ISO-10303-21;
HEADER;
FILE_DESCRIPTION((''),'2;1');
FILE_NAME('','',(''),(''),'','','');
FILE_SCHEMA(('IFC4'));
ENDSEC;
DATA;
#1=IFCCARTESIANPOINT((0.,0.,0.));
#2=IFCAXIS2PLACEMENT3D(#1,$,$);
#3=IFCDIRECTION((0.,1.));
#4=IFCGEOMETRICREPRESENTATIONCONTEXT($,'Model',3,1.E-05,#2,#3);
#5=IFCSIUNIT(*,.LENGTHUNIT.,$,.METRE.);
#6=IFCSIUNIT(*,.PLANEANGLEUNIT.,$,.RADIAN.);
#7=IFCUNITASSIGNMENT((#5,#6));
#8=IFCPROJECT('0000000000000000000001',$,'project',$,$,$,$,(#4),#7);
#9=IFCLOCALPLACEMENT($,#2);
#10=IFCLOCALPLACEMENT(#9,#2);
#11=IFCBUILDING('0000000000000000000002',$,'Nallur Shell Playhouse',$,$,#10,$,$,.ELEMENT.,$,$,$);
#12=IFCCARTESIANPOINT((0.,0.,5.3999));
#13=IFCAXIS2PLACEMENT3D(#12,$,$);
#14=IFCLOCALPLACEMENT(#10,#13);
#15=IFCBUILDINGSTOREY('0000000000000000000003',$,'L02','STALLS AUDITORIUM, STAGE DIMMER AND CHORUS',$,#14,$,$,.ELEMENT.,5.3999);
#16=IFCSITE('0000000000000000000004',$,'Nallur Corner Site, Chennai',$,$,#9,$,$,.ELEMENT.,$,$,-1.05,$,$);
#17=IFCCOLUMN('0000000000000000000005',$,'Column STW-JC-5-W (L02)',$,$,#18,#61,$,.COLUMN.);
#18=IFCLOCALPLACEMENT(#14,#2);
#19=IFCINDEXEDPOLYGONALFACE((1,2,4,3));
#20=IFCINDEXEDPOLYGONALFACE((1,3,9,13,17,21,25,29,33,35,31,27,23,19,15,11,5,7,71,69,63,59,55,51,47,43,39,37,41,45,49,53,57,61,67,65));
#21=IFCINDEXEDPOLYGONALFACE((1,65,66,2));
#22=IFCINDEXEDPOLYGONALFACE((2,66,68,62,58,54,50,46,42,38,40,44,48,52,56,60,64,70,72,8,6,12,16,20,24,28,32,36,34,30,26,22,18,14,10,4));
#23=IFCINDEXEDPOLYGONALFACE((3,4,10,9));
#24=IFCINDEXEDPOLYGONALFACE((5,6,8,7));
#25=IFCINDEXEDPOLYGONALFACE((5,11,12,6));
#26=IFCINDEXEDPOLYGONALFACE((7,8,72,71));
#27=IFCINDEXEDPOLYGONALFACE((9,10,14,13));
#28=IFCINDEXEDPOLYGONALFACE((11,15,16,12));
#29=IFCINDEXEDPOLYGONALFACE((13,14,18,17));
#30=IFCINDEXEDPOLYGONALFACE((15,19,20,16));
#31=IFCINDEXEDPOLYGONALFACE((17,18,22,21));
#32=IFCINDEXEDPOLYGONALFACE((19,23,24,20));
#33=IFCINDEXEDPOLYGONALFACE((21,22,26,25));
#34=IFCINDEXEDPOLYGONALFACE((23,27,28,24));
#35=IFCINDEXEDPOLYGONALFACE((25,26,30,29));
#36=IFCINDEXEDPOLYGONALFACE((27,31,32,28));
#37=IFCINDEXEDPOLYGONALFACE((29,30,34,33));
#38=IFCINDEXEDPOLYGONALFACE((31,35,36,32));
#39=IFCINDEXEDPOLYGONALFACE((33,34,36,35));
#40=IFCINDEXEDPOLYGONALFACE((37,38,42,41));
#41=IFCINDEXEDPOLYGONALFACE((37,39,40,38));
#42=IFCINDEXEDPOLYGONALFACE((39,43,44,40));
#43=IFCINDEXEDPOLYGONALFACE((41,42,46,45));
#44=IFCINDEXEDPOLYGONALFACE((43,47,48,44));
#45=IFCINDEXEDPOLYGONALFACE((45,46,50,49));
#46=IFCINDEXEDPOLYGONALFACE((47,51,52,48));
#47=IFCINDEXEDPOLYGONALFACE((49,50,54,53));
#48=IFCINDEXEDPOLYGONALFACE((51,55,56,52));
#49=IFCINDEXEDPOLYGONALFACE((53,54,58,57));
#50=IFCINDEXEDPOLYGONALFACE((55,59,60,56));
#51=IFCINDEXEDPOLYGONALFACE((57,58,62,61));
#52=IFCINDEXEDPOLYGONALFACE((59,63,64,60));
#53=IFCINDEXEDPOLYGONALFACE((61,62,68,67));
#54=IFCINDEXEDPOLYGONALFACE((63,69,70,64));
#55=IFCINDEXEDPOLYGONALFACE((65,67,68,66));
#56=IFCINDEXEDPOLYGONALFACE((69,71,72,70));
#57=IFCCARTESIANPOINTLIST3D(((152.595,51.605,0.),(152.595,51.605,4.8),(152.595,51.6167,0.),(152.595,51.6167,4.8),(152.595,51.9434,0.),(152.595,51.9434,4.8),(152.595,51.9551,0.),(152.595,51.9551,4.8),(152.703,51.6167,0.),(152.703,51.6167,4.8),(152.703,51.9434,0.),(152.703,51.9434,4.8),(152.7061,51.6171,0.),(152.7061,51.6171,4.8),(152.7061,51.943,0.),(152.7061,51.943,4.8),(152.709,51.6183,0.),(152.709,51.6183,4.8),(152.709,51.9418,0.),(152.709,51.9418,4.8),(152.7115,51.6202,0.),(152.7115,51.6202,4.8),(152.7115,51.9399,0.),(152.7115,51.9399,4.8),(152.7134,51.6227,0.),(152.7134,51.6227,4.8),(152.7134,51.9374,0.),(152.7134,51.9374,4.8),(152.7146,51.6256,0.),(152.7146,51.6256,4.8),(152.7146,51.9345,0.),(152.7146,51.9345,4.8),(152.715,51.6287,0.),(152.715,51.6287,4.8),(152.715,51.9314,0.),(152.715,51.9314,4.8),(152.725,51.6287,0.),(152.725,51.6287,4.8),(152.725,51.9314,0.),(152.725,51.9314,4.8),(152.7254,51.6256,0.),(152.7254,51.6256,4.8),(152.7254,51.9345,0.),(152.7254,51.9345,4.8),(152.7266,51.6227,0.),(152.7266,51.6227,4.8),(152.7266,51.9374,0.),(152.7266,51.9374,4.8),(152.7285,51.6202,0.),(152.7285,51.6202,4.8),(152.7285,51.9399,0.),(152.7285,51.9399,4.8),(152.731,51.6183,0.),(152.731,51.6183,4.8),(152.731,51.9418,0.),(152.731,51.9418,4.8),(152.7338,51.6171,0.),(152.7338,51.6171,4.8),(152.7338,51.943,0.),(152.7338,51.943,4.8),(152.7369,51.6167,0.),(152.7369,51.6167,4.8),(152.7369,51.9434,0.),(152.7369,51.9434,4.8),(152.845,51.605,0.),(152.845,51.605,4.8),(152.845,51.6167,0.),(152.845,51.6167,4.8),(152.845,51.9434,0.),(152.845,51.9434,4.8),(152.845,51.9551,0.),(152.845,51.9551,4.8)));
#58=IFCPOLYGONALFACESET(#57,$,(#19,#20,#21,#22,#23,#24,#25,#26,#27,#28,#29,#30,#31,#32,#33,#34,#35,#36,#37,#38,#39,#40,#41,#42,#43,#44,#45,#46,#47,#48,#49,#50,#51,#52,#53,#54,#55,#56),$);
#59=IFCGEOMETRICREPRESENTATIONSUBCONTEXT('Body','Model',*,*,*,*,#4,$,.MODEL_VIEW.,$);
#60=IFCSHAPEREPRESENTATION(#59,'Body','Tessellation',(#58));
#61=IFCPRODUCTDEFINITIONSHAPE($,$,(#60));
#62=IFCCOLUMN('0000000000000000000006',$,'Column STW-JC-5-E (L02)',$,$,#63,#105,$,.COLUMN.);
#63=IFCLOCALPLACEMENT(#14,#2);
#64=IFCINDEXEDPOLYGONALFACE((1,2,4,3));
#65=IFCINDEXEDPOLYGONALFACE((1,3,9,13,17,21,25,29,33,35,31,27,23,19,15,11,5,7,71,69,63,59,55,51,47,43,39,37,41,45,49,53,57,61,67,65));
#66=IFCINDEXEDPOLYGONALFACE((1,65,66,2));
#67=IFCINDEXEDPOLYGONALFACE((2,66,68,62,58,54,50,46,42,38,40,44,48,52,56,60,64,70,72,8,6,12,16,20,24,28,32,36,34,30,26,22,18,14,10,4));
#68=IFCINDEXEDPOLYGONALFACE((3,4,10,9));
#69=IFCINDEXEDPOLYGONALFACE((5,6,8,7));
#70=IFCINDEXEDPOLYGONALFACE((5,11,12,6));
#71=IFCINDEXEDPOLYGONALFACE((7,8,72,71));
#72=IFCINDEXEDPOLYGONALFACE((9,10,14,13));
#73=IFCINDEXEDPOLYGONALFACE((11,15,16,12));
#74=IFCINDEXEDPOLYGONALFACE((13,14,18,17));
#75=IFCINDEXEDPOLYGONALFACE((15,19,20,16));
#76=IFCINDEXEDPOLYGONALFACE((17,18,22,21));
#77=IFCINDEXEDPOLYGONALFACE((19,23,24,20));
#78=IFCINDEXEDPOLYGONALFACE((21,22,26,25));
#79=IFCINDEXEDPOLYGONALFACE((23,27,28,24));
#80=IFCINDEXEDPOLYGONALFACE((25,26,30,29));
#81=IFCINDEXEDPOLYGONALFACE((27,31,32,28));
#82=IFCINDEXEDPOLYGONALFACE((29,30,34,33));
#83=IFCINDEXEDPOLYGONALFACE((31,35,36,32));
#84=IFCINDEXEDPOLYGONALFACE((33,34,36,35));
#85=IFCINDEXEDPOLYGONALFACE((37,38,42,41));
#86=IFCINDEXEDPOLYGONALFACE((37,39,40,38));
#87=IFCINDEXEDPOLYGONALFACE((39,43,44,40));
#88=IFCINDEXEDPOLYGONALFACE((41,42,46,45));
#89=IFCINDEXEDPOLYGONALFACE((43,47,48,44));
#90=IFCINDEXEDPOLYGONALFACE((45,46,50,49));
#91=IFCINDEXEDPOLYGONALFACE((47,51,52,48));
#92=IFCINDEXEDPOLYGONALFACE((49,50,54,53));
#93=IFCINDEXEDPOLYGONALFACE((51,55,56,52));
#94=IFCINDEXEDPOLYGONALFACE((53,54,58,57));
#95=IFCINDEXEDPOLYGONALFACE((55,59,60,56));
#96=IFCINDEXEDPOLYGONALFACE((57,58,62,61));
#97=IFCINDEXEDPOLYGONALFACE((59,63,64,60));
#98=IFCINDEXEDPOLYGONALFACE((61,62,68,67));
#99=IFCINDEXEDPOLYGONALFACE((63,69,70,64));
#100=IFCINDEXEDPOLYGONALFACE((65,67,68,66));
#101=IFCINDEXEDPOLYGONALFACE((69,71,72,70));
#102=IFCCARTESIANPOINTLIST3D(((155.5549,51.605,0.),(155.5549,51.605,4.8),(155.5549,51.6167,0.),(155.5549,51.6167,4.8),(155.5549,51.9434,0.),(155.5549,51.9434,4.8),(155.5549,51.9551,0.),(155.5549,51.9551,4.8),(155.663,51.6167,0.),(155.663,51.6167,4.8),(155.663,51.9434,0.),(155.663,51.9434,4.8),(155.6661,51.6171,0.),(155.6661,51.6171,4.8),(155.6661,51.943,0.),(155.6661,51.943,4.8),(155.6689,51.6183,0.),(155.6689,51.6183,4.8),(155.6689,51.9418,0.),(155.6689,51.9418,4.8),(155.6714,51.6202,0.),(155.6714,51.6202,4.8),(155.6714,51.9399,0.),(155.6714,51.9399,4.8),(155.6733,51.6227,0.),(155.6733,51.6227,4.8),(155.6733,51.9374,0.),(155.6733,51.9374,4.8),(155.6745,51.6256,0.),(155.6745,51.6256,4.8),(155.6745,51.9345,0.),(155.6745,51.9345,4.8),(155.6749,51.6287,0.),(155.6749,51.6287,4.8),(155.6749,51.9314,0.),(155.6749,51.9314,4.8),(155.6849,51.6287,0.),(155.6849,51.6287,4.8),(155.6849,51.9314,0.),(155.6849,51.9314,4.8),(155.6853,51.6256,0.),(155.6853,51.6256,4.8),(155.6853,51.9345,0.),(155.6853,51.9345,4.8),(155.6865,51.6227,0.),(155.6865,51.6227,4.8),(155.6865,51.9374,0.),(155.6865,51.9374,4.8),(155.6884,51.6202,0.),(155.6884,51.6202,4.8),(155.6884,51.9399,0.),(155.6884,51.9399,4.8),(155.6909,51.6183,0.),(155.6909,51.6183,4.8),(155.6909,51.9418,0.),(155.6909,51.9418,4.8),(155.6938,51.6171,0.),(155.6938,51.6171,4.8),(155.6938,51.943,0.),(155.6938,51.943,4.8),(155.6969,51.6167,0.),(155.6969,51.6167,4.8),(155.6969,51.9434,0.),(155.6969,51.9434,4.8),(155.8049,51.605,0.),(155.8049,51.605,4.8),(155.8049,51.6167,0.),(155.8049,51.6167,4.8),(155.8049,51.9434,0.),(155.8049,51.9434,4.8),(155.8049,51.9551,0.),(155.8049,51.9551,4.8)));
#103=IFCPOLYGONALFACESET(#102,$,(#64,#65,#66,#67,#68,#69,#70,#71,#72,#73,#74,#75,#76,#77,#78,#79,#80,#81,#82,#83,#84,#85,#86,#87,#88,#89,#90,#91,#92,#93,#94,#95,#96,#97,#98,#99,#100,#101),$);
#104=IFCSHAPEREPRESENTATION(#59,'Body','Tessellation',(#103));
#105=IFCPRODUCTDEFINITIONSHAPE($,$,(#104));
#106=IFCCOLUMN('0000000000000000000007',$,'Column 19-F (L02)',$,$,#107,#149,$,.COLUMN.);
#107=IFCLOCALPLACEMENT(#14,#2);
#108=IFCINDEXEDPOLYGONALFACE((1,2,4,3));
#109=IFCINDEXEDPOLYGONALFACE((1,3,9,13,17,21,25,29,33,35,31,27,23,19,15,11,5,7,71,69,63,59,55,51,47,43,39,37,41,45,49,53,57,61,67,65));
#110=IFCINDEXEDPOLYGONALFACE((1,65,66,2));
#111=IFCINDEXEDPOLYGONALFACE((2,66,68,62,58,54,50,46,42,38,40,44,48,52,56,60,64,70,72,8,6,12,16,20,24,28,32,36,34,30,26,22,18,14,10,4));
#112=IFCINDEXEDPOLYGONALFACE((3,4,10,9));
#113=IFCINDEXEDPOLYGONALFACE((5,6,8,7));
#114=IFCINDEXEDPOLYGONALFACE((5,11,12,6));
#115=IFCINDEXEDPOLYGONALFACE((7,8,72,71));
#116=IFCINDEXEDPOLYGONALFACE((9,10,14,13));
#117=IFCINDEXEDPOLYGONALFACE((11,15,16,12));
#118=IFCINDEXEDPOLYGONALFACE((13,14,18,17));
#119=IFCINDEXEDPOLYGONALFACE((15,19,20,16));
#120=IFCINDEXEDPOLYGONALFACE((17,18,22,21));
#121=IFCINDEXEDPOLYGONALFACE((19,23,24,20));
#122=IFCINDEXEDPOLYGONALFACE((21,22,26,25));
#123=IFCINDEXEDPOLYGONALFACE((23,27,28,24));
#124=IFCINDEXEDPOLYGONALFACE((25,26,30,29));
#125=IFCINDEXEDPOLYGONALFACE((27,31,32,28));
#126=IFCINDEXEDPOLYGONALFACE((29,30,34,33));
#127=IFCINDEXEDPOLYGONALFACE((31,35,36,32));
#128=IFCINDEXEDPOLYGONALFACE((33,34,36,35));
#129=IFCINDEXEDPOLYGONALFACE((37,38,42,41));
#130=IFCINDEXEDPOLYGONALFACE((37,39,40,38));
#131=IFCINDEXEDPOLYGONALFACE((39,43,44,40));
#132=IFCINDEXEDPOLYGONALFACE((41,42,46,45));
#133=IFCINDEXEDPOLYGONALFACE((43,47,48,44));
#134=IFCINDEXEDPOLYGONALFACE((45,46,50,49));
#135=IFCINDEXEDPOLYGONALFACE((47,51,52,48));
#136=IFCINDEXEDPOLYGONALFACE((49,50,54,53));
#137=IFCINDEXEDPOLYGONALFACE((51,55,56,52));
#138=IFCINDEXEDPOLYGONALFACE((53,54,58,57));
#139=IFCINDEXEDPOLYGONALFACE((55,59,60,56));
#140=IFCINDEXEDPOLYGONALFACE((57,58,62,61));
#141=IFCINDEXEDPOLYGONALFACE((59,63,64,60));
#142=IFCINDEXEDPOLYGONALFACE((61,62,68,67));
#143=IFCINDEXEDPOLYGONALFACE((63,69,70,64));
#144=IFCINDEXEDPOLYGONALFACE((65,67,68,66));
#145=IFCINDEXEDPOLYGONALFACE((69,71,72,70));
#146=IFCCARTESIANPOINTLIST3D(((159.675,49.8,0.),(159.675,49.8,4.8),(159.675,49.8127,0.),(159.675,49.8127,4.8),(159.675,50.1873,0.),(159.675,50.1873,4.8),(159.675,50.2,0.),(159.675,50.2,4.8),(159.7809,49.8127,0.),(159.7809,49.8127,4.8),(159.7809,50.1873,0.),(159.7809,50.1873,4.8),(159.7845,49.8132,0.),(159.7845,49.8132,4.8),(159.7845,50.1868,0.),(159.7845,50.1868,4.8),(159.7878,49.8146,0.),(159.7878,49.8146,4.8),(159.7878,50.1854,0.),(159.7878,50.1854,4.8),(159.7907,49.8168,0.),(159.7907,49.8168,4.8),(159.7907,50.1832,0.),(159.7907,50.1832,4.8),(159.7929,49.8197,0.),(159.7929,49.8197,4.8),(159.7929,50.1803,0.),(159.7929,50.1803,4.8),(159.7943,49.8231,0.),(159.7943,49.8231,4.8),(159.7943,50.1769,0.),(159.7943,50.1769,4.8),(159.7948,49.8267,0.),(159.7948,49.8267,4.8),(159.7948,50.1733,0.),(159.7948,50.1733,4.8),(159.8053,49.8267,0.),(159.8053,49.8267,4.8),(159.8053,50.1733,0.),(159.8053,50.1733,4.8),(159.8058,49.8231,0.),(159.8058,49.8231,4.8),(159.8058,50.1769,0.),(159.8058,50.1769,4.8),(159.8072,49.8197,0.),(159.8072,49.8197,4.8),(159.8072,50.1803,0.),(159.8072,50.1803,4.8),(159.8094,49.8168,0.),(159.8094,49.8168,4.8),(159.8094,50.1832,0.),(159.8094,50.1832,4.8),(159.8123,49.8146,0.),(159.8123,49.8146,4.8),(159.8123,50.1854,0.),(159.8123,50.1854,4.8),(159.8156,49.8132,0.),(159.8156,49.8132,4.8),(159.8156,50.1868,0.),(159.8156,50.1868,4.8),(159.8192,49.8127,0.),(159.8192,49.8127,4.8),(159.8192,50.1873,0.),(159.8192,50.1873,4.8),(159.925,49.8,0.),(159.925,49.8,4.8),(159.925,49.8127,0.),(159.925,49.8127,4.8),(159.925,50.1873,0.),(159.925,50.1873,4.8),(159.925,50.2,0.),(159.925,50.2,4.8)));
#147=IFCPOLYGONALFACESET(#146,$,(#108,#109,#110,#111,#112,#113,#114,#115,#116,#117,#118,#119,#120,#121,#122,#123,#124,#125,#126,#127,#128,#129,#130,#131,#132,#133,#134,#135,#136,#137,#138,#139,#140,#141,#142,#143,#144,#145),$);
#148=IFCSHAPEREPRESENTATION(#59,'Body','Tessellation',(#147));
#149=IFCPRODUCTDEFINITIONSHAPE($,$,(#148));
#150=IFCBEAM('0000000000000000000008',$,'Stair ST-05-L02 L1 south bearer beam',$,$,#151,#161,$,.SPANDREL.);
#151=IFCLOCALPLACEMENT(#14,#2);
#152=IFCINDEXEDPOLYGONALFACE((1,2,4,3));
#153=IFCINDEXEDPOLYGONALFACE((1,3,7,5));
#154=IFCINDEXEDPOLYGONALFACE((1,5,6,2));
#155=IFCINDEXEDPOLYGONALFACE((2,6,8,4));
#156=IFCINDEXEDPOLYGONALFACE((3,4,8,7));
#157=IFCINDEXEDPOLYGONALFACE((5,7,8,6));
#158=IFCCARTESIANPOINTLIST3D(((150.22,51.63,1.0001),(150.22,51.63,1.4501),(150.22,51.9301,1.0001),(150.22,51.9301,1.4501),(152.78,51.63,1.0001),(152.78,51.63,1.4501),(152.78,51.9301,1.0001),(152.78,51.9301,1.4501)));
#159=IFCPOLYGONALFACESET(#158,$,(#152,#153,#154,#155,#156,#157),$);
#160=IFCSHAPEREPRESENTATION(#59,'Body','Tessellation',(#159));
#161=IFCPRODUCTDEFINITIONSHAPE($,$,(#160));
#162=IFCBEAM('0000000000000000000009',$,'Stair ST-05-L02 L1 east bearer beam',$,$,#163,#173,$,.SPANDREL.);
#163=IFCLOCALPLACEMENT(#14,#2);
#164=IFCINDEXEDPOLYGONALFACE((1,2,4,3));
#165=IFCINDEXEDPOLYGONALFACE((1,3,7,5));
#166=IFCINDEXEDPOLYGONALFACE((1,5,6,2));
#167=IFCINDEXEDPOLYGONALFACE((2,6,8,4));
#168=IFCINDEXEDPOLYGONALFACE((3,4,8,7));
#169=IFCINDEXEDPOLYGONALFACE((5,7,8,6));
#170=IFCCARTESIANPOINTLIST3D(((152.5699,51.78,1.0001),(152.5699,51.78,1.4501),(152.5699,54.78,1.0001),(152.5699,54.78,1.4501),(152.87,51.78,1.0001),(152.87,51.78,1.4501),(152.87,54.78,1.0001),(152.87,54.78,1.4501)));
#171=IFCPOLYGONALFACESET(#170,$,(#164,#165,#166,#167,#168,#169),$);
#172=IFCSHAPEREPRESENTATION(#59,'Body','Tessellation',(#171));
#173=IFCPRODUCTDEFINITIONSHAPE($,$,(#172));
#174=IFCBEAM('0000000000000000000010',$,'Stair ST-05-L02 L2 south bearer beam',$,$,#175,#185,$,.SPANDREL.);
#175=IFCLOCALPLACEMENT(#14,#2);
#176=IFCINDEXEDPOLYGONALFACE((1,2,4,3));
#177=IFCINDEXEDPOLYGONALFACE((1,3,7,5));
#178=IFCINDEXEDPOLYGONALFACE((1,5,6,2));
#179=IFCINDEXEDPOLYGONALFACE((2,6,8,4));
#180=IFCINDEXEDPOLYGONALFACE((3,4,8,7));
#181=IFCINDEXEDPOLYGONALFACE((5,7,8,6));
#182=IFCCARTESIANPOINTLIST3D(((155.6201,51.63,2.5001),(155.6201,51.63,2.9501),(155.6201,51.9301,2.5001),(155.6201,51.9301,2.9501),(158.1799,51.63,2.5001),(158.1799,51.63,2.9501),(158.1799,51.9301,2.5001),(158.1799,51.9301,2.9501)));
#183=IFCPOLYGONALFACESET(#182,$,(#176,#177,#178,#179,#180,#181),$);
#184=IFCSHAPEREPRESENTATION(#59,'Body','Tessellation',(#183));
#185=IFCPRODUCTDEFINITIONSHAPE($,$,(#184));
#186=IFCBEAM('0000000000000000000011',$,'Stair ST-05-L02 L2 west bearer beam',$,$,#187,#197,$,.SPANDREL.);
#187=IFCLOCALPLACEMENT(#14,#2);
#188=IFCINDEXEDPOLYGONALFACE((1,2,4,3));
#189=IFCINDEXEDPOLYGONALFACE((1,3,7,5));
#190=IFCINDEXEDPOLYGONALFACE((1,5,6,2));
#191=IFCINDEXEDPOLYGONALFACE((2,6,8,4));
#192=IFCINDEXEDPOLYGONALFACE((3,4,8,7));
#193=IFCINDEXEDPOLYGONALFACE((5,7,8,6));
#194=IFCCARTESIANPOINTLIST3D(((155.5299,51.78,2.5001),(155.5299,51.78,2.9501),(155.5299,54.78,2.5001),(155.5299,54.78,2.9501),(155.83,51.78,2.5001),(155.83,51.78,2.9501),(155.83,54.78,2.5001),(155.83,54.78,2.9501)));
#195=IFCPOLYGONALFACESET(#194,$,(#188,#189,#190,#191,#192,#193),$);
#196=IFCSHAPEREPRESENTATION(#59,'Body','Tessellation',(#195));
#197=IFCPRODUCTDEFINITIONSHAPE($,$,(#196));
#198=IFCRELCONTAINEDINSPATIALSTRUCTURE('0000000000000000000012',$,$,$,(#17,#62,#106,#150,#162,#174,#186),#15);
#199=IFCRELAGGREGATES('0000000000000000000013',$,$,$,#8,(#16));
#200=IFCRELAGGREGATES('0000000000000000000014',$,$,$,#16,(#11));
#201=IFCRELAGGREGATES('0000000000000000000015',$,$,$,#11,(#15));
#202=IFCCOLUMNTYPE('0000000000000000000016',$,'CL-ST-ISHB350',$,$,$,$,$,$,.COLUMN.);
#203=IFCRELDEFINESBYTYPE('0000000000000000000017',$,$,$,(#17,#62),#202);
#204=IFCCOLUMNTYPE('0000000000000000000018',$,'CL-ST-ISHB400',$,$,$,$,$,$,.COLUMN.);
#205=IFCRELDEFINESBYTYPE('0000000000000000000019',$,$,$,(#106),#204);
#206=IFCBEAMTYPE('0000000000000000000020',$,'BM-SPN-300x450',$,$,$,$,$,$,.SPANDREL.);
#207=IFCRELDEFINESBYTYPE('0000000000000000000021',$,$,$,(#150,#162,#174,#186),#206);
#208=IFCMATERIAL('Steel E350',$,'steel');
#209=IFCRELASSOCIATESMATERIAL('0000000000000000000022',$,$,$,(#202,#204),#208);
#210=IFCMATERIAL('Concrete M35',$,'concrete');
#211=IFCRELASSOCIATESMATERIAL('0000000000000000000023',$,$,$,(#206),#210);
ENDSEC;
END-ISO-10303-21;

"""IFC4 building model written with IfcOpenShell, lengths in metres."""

from ifc_helpers import new_model, si_unit, direction, frame, origin, origin_2d, place, context, subcontext, project, spatial, rectangle, i_section, extrude, material, material_profile, profile_set, type_object, element, save


model = new_model("IFC4")

# Units and contexts
model_context = context("Model", 3, precision=1e-05, world=origin(), true_north=direction((0.0, 1.0)))
body_context = subcontext(model_context, "Body", "Model", "MODEL_VIEW")
ifc_project = project(units=[si_unit("LENGTHUNIT", "METRE"), si_unit("PLANEANGLEUNIT", "RADIAN")], contexts=[model_context])

# Site, building, storey
site_placement = place(None, origin())
site = spatial("IfcSite", under=ifc_project, at=site_placement, Name="Nallur Corner Site, Chennai", CompositionType="ELEMENT", RefElevation=-1.05)
building_placement = place(site_placement, origin())
building = spatial("IfcBuilding", under=site, at=building_placement, Name="Nallur Shell Playhouse", CompositionType="ELEMENT")
storey_placement = place(building_placement, frame((0.0, 0.0, 5.3999)))
storey = spatial("IfcBuildingStorey", under=building, at=storey_placement, Name="L02", Description="STALLS AUDITORIUM, STAGE DIMMER AND CHORUS", CompositionType="ELEMENT", Elevation=5.3999)

# Columns
ifc_material_1 = material(Name="Steel E350", Category="steel")
ifc_material_profile_1 = material_profile(ifc_material_1, i_section(OverallWidth=0.25, OverallDepth=0.3501, WebThickness=0.01, FlangeThickness=0.0117, FilletRadius=0.012, at=origin_2d()), Name="ISHB 350")
ifc_profile_set_1 = profile_set([ifc_material_profile_1], Name="Steel E350")
column_type_1 = type_object("IfcColumnType", Name="CL-ST-ISHB350", PredefinedType="COLUMN", material=ifc_profile_set_1)
for number, where, z_axis, x_axis, name in (
    (1, (152.72, 51.78, 0.0), (0.0, 0.0, 1.0), (1.0, 0.0, 0.0), "Column STW-JC-5-W (L02)"),
    (2, (155.6799, 51.78, 0.0), (0.0, 0.0, 1.0), (1.0, 0.0, 0.0), "Column STW-JC-5-E (L02)"),
):
    element("IfcColumn", number, at=place(storey_placement, frame(where, z_axis=z_axis, x_axis=x_axis)), inside=storey, type_object=column_type_1, Name=name, PredefinedType="COLUMN", context=body_context, shape_type="SweptSolid", body=[
        extrude(i_section(OverallWidth=0.25, OverallDepth=0.3501, WebThickness=0.01, FlangeThickness=0.0117, FilletRadius=0.012, at=origin_2d()), origin(), (0.0, 0.0, 1.0), 4.8),
    ])
ifc_material_profile_2 = material_profile(ifc_material_1, i_section(OverallWidth=0.25, OverallDepth=0.3999, WebThickness=0.0105, FlangeThickness=0.0127, FilletRadius=0.0139, at=origin_2d()), Name="ISHB 400")
ifc_profile_set_2 = profile_set([ifc_material_profile_2], Name="Steel E350")
column_type_2 = type_object("IfcColumnType", Name="CL-ST-ISHB400", PredefinedType="COLUMN", material=ifc_profile_set_2)
column_placement = place(storey_placement, frame((159.8, 50.0, 0.0), z_axis=(0.0, 0.0, 1.0), x_axis=(1.0, 0.0, 0.0)))
element("IfcColumn", 3, at=column_placement, inside=storey, type_object=column_type_2, Name="Column 19-F (L02)", PredefinedType="COLUMN", context=body_context, shape_type="SweptSolid", body=[
    extrude(i_section(OverallWidth=0.25, OverallDepth=0.3999, WebThickness=0.0105, FlangeThickness=0.0127, FilletRadius=0.0139, at=origin_2d()), origin(), (0.0, 0.0, 1.0), 4.8),
])

# Beams
ifc_material_2 = material(Name="Concrete M35", Category="concrete")
ifc_material_profile_3 = material_profile(ifc_material_2, rectangle(XDim=0.3, YDim=0.45, at=origin_2d()), Name="RC 300x450")
ifc_profile_set_3 = profile_set([ifc_material_profile_3], Name="Concrete M35")
beam_type_1 = type_object("IfcBeamType", Name="BM-SPN-300x450", PredefinedType="SPANDREL", material=ifc_profile_set_3)
beam_1_placement = place(storey_placement, frame((150.22, 51.78, 1.2251), z_axis=(1.0, 0.0, 0.0), x_axis=(0.0, 1.0, 0.0)))
element("IfcBeam", 4, at=beam_1_placement, inside=storey, type_object=beam_type_1, Name="Stair ST-05-L02 L1 south bearer beam", PredefinedType="SPANDREL", context=body_context, shape_type="SweptSolid", body=[
    extrude(rectangle(XDim=0.3, YDim=0.45, at=origin_2d()), origin(), (0.0, 0.0, 1.0), 2.5601),
])
beam_2_placement = place(storey_placement, frame((152.72, 51.78, 1.2251), z_axis=(0.0, 1.0, 0.0), x_axis=(-1.0, 0.0, 0.0)))
element("IfcBeam", 5, at=beam_2_placement, inside=storey, type_object=beam_type_1, Name="Stair ST-05-L02 L1 east bearer beam", PredefinedType="SPANDREL", context=body_context, shape_type="SweptSolid", body=[
    extrude(rectangle(XDim=0.3, YDim=0.45, at=origin_2d()), origin(), (0.0, 0.0, 1.0), 3.0),
])
beam_3_placement = place(storey_placement, frame((155.6201, 51.78, 2.7251), z_axis=(1.0, 0.0, 0.0), x_axis=(0.0, 1.0, 0.0)))
element("IfcBeam", 6, at=beam_3_placement, inside=storey, type_object=beam_type_1, Name="Stair ST-05-L02 L2 south bearer beam", PredefinedType="SPANDREL", context=body_context, shape_type="SweptSolid", body=[
    extrude(rectangle(XDim=0.3, YDim=0.45, at=origin_2d()), origin(), (0.0, 0.0, 1.0), 2.5598),
])
beam_4_placement = place(storey_placement, frame((155.6799, 51.78, 2.7251), z_axis=(0.0, 1.0, 0.0), x_axis=(-1.0, 0.0, 0.0)))
element("IfcBeam", 7, at=beam_4_placement, inside=storey, type_object=beam_type_1, Name="Stair ST-05-L02 L2 west bearer beam", PredefinedType="SPANDREL", context=body_context, shape_type="SweptSolid", body=[
    extrude(rectangle(XDim=0.3, YDim=0.45, at=origin_2d()), origin(), (0.0, 0.0, 1.0), 3.0),
])

save(model, "model.ifc")
